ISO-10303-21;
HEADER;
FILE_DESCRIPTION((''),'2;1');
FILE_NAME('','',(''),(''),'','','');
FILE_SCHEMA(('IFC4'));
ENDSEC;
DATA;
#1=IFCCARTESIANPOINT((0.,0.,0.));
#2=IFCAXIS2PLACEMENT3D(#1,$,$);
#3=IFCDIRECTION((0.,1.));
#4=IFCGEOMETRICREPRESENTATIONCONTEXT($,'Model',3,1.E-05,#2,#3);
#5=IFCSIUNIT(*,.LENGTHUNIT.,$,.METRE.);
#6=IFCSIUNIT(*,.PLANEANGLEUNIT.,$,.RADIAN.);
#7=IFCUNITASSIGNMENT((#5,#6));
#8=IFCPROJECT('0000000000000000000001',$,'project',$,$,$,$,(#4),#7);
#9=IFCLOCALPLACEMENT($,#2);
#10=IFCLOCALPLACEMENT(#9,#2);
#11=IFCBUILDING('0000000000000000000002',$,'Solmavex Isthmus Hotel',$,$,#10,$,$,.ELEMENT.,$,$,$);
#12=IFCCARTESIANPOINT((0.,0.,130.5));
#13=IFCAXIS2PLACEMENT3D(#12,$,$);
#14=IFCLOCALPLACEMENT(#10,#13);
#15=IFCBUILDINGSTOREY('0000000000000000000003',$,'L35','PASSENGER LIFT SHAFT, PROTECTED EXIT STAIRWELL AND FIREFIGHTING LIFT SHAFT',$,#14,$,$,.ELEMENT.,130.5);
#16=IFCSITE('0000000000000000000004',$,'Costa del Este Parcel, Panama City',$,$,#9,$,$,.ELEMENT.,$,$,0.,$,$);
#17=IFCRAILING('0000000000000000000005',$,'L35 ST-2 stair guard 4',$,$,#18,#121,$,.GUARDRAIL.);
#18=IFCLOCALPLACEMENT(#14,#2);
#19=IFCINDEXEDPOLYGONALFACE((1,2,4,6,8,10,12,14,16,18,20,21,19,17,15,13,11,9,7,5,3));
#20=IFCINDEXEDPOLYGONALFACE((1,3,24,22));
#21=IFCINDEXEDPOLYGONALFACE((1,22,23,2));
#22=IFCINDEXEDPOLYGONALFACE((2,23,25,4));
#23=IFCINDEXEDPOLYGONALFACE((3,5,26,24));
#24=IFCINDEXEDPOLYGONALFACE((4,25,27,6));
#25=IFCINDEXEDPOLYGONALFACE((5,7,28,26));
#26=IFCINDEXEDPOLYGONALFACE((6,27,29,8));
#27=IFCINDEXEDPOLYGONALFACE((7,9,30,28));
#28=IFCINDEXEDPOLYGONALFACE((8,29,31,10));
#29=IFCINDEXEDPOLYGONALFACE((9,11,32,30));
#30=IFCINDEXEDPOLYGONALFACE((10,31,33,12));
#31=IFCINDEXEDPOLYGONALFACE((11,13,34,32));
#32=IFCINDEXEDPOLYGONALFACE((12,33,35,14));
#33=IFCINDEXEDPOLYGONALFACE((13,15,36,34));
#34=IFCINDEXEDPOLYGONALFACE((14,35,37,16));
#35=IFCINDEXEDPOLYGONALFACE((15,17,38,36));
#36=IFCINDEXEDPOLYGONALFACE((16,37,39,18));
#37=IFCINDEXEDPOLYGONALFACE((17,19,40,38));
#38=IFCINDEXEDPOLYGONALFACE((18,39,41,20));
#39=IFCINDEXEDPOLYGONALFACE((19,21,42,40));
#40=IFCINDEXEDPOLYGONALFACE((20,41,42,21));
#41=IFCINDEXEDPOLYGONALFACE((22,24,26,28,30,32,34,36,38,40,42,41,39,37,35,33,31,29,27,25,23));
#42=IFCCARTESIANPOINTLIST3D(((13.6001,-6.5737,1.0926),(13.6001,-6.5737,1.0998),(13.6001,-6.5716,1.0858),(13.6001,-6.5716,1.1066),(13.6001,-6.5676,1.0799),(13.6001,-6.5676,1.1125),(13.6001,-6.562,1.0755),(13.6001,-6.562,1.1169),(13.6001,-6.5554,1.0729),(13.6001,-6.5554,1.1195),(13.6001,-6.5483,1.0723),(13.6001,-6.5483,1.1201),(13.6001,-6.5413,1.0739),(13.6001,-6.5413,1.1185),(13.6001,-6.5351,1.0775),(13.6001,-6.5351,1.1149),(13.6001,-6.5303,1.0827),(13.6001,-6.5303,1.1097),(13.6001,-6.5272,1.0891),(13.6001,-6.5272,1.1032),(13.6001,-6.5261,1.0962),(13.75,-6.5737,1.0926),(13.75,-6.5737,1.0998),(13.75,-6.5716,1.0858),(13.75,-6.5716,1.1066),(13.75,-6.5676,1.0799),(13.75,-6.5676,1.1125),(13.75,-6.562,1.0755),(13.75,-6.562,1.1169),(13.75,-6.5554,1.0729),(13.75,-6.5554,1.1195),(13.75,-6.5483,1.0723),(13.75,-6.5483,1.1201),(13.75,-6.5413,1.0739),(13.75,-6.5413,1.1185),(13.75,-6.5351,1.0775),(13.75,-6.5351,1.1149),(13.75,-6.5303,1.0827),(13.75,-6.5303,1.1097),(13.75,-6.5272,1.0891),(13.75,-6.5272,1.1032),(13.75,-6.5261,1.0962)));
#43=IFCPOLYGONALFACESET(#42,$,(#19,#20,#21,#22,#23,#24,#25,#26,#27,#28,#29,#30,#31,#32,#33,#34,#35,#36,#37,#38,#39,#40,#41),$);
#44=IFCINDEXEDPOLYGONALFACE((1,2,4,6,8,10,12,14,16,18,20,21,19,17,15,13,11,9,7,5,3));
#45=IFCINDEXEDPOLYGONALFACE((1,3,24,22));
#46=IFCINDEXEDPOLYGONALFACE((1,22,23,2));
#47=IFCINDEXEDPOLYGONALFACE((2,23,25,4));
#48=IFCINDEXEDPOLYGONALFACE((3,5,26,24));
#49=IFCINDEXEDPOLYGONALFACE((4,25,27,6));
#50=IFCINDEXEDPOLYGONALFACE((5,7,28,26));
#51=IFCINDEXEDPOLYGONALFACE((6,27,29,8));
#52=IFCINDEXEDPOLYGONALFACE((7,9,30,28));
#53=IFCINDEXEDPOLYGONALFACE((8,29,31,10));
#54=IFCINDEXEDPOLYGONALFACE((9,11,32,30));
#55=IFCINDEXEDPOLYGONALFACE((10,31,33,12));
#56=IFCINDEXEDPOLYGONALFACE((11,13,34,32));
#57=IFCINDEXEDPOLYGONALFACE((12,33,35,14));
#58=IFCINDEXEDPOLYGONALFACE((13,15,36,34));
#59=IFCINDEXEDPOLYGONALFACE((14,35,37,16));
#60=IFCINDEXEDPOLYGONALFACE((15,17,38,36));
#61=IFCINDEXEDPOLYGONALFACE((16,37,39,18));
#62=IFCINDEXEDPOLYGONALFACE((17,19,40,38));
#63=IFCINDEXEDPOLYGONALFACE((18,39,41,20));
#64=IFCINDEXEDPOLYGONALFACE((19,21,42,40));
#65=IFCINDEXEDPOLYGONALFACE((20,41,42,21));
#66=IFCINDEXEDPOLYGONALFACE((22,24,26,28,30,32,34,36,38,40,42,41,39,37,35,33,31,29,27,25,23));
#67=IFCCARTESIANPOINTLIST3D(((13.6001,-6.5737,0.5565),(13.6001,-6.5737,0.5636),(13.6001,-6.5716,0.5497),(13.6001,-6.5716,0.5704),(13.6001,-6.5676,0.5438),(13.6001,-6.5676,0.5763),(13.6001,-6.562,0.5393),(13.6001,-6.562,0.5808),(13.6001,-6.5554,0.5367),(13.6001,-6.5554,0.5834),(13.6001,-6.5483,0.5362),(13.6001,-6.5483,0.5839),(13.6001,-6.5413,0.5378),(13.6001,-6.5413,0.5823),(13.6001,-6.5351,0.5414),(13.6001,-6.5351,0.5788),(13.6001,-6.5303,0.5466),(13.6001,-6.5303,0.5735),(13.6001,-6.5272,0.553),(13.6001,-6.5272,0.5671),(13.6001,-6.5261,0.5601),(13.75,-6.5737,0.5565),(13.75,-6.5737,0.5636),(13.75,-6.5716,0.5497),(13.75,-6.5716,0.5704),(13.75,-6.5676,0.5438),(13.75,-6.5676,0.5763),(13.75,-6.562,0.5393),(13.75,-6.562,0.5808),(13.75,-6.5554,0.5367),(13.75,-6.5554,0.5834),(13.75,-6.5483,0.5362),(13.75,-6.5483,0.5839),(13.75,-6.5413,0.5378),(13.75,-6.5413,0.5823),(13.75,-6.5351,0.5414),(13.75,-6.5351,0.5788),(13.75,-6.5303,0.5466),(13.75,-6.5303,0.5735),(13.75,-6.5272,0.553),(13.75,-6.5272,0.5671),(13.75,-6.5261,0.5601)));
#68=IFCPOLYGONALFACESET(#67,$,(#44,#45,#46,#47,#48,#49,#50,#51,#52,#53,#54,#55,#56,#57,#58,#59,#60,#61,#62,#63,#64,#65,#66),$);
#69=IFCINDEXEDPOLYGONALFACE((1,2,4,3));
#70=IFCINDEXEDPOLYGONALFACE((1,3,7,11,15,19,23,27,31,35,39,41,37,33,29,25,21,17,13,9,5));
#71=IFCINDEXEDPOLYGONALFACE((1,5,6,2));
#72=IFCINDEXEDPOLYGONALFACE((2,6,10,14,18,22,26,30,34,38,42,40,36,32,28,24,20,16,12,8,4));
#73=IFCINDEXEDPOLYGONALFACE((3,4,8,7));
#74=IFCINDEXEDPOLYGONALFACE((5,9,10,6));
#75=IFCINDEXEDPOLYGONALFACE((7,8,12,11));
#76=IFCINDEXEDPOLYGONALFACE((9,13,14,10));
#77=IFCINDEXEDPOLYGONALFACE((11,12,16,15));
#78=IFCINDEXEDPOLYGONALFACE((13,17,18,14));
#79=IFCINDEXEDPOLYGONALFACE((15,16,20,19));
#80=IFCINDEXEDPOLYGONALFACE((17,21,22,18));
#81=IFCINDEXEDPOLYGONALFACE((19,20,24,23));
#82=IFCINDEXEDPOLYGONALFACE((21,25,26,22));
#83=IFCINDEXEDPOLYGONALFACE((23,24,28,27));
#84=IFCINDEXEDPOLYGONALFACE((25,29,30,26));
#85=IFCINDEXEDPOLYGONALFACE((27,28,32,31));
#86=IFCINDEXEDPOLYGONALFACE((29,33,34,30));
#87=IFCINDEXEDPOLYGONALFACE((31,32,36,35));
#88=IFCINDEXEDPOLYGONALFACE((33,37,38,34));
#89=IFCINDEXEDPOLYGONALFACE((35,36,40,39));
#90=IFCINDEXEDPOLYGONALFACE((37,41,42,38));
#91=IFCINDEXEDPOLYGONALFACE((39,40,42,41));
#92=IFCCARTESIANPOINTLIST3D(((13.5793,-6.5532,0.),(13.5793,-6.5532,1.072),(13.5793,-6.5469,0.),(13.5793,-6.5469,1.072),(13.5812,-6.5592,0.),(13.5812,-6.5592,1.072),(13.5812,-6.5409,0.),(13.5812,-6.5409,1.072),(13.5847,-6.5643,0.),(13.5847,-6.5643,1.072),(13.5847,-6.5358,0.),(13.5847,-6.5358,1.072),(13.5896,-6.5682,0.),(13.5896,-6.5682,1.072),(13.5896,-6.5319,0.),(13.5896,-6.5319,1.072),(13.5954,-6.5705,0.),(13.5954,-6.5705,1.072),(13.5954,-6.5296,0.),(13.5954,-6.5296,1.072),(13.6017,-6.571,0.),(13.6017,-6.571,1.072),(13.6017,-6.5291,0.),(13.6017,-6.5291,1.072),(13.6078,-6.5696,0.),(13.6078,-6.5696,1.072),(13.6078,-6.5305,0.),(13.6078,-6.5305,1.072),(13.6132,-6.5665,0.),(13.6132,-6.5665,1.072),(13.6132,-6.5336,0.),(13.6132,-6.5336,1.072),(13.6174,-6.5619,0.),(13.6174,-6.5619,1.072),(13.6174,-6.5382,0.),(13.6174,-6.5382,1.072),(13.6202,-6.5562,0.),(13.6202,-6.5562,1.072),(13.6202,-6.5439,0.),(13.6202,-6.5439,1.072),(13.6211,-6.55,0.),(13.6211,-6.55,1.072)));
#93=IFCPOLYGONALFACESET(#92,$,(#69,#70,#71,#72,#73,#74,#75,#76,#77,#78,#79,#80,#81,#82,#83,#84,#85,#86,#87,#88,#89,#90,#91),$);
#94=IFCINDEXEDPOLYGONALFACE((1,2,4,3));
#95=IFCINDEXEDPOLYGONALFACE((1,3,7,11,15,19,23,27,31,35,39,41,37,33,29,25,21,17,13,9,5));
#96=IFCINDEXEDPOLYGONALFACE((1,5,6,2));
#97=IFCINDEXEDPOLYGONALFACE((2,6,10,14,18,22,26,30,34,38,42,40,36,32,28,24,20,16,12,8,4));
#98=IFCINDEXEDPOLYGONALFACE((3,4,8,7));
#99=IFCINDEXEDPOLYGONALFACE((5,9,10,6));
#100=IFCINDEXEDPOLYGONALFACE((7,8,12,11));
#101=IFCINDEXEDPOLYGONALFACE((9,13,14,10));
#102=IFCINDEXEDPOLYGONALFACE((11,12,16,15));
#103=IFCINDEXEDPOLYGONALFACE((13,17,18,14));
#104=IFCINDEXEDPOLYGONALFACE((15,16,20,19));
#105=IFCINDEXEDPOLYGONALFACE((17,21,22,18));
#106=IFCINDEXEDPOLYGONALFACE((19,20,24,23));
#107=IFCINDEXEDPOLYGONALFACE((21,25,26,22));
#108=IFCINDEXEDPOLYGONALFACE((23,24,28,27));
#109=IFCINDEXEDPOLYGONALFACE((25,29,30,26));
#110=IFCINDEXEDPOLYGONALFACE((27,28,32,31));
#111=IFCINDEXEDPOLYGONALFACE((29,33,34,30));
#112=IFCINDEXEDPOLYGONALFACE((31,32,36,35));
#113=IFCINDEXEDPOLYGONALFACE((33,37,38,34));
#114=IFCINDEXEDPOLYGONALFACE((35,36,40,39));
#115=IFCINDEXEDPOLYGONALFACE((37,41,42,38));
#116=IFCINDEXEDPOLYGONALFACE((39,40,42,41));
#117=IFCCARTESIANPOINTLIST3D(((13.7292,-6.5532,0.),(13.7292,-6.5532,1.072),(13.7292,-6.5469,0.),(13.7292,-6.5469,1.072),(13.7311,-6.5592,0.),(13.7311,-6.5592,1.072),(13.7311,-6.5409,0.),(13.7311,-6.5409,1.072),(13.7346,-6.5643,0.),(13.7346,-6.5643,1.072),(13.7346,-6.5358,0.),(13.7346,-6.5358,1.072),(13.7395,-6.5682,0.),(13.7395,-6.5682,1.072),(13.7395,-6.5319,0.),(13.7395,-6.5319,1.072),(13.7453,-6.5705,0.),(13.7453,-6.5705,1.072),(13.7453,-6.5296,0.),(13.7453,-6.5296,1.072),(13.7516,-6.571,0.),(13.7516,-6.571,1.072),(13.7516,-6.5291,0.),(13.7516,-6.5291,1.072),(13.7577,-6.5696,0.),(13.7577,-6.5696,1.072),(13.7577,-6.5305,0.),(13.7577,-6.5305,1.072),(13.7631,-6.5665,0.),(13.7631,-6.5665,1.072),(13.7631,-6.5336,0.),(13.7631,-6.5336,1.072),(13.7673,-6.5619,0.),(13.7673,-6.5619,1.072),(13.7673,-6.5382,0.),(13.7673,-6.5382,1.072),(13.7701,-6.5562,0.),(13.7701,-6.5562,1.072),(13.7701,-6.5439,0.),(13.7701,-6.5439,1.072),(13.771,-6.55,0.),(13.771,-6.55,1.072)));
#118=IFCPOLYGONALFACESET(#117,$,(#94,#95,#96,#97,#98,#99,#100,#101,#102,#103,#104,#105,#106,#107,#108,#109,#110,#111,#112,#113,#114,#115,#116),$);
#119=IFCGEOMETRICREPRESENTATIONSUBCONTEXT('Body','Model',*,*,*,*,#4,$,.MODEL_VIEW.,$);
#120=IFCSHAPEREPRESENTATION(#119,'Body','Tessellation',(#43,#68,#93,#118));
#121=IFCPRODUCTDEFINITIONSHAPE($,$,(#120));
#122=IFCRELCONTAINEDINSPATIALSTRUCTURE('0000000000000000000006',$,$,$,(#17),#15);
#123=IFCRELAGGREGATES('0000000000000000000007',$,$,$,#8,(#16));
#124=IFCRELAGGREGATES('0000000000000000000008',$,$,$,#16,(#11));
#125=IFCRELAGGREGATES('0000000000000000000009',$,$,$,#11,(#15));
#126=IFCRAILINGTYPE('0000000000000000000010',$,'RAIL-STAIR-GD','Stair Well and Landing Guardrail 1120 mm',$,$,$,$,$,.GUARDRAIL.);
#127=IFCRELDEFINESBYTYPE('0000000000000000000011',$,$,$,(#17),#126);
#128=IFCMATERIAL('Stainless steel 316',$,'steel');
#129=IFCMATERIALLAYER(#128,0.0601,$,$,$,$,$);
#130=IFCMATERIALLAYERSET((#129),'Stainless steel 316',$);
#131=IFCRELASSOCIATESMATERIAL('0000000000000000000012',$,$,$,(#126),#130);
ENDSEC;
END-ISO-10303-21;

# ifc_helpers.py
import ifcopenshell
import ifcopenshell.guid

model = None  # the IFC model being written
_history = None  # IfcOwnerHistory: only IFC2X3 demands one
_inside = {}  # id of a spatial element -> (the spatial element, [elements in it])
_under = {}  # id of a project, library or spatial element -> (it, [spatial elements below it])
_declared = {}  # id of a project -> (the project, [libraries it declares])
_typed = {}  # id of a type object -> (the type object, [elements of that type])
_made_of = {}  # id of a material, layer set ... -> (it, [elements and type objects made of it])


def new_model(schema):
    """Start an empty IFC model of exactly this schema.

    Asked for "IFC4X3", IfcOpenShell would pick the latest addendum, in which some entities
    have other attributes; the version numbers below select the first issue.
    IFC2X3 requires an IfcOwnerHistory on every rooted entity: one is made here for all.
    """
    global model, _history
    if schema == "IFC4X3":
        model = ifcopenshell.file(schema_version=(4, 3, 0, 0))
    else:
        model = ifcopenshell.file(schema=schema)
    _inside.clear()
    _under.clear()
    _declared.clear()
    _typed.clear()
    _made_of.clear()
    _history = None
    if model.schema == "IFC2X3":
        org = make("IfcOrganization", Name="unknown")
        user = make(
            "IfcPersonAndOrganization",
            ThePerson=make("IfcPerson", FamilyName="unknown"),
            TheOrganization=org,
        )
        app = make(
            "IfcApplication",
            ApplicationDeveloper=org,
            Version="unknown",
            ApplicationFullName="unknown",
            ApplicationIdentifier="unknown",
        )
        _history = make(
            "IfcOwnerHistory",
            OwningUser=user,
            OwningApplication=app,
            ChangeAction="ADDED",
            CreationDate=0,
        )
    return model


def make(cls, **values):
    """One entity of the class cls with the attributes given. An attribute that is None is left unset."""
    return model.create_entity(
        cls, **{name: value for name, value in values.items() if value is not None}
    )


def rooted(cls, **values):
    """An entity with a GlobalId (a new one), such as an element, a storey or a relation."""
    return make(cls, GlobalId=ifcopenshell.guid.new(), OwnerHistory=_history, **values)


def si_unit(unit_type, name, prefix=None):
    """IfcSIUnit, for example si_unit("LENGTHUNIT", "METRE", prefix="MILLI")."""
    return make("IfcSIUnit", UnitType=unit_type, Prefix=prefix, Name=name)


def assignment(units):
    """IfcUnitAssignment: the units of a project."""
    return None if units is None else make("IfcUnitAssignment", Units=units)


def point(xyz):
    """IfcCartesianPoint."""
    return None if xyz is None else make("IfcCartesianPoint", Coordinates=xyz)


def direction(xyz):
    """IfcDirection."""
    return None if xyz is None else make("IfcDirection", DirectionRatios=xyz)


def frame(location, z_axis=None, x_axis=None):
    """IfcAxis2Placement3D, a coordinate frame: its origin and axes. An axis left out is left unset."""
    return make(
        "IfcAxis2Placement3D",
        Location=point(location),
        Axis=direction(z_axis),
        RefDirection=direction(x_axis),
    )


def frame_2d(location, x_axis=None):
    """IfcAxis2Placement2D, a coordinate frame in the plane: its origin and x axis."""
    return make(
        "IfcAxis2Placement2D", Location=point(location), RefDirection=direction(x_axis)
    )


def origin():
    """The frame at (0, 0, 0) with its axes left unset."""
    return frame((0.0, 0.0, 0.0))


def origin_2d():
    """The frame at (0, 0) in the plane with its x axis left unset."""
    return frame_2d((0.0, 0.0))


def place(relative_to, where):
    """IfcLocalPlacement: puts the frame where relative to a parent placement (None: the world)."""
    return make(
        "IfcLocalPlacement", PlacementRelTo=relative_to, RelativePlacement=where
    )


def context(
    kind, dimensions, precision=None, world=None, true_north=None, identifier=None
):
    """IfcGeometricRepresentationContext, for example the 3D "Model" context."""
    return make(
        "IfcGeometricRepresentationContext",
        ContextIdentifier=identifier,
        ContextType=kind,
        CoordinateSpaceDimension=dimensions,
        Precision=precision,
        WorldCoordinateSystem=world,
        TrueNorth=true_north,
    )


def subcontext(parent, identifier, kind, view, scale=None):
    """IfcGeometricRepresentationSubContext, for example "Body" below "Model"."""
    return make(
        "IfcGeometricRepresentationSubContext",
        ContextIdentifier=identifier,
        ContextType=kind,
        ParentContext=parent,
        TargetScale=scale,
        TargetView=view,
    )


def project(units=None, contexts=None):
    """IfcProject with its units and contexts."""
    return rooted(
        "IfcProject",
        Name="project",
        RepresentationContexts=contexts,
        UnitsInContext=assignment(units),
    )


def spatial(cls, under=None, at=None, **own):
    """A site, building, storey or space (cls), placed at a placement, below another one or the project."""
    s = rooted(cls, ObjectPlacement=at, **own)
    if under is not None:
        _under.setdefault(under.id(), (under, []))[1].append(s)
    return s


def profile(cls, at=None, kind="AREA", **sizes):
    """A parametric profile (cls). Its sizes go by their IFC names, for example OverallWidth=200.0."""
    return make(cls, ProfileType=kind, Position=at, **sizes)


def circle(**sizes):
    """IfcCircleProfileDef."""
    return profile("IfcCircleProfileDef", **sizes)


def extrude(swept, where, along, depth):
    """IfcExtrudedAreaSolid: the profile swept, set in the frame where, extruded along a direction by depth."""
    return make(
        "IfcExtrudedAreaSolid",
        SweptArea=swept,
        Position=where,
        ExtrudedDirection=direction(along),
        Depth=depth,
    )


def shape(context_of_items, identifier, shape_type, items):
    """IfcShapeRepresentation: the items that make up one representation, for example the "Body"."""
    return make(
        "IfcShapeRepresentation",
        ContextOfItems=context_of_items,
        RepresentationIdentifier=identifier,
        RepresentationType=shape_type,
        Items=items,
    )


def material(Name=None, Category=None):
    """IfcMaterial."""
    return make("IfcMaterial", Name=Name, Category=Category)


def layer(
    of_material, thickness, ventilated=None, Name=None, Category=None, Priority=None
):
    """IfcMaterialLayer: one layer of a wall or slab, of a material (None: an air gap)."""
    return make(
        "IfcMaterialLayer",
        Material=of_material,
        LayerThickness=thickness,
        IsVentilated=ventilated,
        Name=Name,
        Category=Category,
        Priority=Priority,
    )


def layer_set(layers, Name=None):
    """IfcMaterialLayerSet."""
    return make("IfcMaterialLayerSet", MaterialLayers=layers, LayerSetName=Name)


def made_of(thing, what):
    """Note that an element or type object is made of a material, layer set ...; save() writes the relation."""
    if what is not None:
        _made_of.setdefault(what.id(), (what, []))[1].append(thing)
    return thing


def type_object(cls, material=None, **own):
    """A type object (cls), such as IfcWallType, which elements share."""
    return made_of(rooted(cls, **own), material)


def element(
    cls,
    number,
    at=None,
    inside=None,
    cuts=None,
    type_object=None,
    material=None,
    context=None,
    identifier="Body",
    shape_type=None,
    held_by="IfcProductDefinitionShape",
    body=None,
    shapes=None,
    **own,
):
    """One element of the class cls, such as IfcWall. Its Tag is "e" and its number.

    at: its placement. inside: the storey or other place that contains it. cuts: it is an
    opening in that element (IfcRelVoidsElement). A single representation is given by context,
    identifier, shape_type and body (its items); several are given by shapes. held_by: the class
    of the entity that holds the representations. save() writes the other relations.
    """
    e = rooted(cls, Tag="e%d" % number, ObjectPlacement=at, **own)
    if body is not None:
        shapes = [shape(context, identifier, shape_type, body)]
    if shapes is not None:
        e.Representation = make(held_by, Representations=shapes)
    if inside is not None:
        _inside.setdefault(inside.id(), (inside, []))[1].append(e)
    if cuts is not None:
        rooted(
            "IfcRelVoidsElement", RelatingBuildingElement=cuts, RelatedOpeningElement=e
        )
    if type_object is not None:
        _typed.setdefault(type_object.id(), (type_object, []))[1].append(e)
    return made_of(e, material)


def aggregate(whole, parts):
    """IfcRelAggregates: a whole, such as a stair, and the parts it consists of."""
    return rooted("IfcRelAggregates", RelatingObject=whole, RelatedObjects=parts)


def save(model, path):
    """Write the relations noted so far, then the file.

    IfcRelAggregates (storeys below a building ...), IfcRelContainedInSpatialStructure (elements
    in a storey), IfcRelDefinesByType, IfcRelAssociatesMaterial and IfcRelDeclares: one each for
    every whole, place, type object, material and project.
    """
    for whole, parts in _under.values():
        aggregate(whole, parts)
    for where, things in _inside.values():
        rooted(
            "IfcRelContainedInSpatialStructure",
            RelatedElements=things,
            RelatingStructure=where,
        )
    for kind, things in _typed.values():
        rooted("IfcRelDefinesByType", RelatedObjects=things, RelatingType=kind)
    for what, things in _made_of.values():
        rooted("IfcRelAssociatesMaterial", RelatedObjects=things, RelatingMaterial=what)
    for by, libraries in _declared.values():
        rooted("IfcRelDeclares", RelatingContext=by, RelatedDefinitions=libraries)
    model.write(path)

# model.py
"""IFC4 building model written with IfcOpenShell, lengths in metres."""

from ifc_helpers import new_model, si_unit, direction, frame, origin, origin_2d, place, context, subcontext, project, spatial, circle, extrude, material, layer, layer_set, type_object, element, save


model = new_model("IFC4")

# Units and contexts
model_context = context("Model", 3, precision=1e-05, world=origin(), true_north=direction((0.0, 1.0)))
body_context = subcontext(model_context, "Body", "Model", "MODEL_VIEW")
ifc_project = project(units=[si_unit("LENGTHUNIT", "METRE"), si_unit("PLANEANGLEUNIT", "RADIAN")], contexts=[model_context])

# Site, building, storey
site_placement = place(None, origin())
site = spatial("IfcSite", under=ifc_project, at=site_placement, Name="Costa del Este Parcel, Panama City", CompositionType="ELEMENT", RefElevation=0.0)
building_placement = place(site_placement, origin())
building = spatial("IfcBuilding", under=site, at=building_placement, Name="Solmavex Isthmus Hotel", CompositionType="ELEMENT")
storey_placement = place(building_placement, frame((0.0, 0.0, 130.5)))
storey = spatial("IfcBuildingStorey", under=building, at=storey_placement, Name="L35", Description="PASSENGER LIFT SHAFT, PROTECTED EXIT STAIRWELL AND FIREFIGHTING LIFT SHAFT", CompositionType="ELEMENT", Elevation=130.5)

# Railing
ifc_material_1 = material(Name="Stainless steel 316", Category="steel")
ifc_layer_1 = layer(ifc_material_1, 0.0601)
ifc_layer_set_1 = layer_set([ifc_layer_1], Name="Stainless steel 316")
railing_type_1 = type_object("IfcRailingType", Name="RAIL-STAIR-GD", Description="Stair Well and Landing Guardrail 1120 mm", PredefinedType="GUARDRAIL", material=ifc_layer_set_1)
railing_1_placement = place(storey_placement, frame((13.6001, -6.55, 0.0)))
element("IfcRailing", 1, at=railing_1_placement, inside=storey, type_object=railing_type_1, Name="L35 ST-2 stair guard 4", PredefinedType="GUARDRAIL", context=body_context, shape_type="SweptSolid", body=[
    extrude(circle(Radius=0.0239, at=origin_2d()), frame((0.0, 0.0, 1.0962), z_axis=(1.0, 0.0, 0.0), x_axis=(0.0, 1.0, 0.0)), (0.0, 0.0, 1.0), 0.1499),
    extrude(circle(Radius=0.0239, at=origin_2d()), frame((0.0, 0.0, 0.5601), z_axis=(1.0, 0.0, 0.0), x_axis=(0.0, 1.0, 0.0)), (0.0, 0.0, 1.0), 0.1499),
    extrude(circle(Radius=0.021, at=origin_2d()), origin(), (0.0, 0.0, 1.0), 1.072),
    extrude(circle(Radius=0.021, at=origin_2d()), frame((0.1499, 0.0, 0.0)), (0.0, 0.0, 1.0), 1.072),
])

save(model, "model.ifc")
